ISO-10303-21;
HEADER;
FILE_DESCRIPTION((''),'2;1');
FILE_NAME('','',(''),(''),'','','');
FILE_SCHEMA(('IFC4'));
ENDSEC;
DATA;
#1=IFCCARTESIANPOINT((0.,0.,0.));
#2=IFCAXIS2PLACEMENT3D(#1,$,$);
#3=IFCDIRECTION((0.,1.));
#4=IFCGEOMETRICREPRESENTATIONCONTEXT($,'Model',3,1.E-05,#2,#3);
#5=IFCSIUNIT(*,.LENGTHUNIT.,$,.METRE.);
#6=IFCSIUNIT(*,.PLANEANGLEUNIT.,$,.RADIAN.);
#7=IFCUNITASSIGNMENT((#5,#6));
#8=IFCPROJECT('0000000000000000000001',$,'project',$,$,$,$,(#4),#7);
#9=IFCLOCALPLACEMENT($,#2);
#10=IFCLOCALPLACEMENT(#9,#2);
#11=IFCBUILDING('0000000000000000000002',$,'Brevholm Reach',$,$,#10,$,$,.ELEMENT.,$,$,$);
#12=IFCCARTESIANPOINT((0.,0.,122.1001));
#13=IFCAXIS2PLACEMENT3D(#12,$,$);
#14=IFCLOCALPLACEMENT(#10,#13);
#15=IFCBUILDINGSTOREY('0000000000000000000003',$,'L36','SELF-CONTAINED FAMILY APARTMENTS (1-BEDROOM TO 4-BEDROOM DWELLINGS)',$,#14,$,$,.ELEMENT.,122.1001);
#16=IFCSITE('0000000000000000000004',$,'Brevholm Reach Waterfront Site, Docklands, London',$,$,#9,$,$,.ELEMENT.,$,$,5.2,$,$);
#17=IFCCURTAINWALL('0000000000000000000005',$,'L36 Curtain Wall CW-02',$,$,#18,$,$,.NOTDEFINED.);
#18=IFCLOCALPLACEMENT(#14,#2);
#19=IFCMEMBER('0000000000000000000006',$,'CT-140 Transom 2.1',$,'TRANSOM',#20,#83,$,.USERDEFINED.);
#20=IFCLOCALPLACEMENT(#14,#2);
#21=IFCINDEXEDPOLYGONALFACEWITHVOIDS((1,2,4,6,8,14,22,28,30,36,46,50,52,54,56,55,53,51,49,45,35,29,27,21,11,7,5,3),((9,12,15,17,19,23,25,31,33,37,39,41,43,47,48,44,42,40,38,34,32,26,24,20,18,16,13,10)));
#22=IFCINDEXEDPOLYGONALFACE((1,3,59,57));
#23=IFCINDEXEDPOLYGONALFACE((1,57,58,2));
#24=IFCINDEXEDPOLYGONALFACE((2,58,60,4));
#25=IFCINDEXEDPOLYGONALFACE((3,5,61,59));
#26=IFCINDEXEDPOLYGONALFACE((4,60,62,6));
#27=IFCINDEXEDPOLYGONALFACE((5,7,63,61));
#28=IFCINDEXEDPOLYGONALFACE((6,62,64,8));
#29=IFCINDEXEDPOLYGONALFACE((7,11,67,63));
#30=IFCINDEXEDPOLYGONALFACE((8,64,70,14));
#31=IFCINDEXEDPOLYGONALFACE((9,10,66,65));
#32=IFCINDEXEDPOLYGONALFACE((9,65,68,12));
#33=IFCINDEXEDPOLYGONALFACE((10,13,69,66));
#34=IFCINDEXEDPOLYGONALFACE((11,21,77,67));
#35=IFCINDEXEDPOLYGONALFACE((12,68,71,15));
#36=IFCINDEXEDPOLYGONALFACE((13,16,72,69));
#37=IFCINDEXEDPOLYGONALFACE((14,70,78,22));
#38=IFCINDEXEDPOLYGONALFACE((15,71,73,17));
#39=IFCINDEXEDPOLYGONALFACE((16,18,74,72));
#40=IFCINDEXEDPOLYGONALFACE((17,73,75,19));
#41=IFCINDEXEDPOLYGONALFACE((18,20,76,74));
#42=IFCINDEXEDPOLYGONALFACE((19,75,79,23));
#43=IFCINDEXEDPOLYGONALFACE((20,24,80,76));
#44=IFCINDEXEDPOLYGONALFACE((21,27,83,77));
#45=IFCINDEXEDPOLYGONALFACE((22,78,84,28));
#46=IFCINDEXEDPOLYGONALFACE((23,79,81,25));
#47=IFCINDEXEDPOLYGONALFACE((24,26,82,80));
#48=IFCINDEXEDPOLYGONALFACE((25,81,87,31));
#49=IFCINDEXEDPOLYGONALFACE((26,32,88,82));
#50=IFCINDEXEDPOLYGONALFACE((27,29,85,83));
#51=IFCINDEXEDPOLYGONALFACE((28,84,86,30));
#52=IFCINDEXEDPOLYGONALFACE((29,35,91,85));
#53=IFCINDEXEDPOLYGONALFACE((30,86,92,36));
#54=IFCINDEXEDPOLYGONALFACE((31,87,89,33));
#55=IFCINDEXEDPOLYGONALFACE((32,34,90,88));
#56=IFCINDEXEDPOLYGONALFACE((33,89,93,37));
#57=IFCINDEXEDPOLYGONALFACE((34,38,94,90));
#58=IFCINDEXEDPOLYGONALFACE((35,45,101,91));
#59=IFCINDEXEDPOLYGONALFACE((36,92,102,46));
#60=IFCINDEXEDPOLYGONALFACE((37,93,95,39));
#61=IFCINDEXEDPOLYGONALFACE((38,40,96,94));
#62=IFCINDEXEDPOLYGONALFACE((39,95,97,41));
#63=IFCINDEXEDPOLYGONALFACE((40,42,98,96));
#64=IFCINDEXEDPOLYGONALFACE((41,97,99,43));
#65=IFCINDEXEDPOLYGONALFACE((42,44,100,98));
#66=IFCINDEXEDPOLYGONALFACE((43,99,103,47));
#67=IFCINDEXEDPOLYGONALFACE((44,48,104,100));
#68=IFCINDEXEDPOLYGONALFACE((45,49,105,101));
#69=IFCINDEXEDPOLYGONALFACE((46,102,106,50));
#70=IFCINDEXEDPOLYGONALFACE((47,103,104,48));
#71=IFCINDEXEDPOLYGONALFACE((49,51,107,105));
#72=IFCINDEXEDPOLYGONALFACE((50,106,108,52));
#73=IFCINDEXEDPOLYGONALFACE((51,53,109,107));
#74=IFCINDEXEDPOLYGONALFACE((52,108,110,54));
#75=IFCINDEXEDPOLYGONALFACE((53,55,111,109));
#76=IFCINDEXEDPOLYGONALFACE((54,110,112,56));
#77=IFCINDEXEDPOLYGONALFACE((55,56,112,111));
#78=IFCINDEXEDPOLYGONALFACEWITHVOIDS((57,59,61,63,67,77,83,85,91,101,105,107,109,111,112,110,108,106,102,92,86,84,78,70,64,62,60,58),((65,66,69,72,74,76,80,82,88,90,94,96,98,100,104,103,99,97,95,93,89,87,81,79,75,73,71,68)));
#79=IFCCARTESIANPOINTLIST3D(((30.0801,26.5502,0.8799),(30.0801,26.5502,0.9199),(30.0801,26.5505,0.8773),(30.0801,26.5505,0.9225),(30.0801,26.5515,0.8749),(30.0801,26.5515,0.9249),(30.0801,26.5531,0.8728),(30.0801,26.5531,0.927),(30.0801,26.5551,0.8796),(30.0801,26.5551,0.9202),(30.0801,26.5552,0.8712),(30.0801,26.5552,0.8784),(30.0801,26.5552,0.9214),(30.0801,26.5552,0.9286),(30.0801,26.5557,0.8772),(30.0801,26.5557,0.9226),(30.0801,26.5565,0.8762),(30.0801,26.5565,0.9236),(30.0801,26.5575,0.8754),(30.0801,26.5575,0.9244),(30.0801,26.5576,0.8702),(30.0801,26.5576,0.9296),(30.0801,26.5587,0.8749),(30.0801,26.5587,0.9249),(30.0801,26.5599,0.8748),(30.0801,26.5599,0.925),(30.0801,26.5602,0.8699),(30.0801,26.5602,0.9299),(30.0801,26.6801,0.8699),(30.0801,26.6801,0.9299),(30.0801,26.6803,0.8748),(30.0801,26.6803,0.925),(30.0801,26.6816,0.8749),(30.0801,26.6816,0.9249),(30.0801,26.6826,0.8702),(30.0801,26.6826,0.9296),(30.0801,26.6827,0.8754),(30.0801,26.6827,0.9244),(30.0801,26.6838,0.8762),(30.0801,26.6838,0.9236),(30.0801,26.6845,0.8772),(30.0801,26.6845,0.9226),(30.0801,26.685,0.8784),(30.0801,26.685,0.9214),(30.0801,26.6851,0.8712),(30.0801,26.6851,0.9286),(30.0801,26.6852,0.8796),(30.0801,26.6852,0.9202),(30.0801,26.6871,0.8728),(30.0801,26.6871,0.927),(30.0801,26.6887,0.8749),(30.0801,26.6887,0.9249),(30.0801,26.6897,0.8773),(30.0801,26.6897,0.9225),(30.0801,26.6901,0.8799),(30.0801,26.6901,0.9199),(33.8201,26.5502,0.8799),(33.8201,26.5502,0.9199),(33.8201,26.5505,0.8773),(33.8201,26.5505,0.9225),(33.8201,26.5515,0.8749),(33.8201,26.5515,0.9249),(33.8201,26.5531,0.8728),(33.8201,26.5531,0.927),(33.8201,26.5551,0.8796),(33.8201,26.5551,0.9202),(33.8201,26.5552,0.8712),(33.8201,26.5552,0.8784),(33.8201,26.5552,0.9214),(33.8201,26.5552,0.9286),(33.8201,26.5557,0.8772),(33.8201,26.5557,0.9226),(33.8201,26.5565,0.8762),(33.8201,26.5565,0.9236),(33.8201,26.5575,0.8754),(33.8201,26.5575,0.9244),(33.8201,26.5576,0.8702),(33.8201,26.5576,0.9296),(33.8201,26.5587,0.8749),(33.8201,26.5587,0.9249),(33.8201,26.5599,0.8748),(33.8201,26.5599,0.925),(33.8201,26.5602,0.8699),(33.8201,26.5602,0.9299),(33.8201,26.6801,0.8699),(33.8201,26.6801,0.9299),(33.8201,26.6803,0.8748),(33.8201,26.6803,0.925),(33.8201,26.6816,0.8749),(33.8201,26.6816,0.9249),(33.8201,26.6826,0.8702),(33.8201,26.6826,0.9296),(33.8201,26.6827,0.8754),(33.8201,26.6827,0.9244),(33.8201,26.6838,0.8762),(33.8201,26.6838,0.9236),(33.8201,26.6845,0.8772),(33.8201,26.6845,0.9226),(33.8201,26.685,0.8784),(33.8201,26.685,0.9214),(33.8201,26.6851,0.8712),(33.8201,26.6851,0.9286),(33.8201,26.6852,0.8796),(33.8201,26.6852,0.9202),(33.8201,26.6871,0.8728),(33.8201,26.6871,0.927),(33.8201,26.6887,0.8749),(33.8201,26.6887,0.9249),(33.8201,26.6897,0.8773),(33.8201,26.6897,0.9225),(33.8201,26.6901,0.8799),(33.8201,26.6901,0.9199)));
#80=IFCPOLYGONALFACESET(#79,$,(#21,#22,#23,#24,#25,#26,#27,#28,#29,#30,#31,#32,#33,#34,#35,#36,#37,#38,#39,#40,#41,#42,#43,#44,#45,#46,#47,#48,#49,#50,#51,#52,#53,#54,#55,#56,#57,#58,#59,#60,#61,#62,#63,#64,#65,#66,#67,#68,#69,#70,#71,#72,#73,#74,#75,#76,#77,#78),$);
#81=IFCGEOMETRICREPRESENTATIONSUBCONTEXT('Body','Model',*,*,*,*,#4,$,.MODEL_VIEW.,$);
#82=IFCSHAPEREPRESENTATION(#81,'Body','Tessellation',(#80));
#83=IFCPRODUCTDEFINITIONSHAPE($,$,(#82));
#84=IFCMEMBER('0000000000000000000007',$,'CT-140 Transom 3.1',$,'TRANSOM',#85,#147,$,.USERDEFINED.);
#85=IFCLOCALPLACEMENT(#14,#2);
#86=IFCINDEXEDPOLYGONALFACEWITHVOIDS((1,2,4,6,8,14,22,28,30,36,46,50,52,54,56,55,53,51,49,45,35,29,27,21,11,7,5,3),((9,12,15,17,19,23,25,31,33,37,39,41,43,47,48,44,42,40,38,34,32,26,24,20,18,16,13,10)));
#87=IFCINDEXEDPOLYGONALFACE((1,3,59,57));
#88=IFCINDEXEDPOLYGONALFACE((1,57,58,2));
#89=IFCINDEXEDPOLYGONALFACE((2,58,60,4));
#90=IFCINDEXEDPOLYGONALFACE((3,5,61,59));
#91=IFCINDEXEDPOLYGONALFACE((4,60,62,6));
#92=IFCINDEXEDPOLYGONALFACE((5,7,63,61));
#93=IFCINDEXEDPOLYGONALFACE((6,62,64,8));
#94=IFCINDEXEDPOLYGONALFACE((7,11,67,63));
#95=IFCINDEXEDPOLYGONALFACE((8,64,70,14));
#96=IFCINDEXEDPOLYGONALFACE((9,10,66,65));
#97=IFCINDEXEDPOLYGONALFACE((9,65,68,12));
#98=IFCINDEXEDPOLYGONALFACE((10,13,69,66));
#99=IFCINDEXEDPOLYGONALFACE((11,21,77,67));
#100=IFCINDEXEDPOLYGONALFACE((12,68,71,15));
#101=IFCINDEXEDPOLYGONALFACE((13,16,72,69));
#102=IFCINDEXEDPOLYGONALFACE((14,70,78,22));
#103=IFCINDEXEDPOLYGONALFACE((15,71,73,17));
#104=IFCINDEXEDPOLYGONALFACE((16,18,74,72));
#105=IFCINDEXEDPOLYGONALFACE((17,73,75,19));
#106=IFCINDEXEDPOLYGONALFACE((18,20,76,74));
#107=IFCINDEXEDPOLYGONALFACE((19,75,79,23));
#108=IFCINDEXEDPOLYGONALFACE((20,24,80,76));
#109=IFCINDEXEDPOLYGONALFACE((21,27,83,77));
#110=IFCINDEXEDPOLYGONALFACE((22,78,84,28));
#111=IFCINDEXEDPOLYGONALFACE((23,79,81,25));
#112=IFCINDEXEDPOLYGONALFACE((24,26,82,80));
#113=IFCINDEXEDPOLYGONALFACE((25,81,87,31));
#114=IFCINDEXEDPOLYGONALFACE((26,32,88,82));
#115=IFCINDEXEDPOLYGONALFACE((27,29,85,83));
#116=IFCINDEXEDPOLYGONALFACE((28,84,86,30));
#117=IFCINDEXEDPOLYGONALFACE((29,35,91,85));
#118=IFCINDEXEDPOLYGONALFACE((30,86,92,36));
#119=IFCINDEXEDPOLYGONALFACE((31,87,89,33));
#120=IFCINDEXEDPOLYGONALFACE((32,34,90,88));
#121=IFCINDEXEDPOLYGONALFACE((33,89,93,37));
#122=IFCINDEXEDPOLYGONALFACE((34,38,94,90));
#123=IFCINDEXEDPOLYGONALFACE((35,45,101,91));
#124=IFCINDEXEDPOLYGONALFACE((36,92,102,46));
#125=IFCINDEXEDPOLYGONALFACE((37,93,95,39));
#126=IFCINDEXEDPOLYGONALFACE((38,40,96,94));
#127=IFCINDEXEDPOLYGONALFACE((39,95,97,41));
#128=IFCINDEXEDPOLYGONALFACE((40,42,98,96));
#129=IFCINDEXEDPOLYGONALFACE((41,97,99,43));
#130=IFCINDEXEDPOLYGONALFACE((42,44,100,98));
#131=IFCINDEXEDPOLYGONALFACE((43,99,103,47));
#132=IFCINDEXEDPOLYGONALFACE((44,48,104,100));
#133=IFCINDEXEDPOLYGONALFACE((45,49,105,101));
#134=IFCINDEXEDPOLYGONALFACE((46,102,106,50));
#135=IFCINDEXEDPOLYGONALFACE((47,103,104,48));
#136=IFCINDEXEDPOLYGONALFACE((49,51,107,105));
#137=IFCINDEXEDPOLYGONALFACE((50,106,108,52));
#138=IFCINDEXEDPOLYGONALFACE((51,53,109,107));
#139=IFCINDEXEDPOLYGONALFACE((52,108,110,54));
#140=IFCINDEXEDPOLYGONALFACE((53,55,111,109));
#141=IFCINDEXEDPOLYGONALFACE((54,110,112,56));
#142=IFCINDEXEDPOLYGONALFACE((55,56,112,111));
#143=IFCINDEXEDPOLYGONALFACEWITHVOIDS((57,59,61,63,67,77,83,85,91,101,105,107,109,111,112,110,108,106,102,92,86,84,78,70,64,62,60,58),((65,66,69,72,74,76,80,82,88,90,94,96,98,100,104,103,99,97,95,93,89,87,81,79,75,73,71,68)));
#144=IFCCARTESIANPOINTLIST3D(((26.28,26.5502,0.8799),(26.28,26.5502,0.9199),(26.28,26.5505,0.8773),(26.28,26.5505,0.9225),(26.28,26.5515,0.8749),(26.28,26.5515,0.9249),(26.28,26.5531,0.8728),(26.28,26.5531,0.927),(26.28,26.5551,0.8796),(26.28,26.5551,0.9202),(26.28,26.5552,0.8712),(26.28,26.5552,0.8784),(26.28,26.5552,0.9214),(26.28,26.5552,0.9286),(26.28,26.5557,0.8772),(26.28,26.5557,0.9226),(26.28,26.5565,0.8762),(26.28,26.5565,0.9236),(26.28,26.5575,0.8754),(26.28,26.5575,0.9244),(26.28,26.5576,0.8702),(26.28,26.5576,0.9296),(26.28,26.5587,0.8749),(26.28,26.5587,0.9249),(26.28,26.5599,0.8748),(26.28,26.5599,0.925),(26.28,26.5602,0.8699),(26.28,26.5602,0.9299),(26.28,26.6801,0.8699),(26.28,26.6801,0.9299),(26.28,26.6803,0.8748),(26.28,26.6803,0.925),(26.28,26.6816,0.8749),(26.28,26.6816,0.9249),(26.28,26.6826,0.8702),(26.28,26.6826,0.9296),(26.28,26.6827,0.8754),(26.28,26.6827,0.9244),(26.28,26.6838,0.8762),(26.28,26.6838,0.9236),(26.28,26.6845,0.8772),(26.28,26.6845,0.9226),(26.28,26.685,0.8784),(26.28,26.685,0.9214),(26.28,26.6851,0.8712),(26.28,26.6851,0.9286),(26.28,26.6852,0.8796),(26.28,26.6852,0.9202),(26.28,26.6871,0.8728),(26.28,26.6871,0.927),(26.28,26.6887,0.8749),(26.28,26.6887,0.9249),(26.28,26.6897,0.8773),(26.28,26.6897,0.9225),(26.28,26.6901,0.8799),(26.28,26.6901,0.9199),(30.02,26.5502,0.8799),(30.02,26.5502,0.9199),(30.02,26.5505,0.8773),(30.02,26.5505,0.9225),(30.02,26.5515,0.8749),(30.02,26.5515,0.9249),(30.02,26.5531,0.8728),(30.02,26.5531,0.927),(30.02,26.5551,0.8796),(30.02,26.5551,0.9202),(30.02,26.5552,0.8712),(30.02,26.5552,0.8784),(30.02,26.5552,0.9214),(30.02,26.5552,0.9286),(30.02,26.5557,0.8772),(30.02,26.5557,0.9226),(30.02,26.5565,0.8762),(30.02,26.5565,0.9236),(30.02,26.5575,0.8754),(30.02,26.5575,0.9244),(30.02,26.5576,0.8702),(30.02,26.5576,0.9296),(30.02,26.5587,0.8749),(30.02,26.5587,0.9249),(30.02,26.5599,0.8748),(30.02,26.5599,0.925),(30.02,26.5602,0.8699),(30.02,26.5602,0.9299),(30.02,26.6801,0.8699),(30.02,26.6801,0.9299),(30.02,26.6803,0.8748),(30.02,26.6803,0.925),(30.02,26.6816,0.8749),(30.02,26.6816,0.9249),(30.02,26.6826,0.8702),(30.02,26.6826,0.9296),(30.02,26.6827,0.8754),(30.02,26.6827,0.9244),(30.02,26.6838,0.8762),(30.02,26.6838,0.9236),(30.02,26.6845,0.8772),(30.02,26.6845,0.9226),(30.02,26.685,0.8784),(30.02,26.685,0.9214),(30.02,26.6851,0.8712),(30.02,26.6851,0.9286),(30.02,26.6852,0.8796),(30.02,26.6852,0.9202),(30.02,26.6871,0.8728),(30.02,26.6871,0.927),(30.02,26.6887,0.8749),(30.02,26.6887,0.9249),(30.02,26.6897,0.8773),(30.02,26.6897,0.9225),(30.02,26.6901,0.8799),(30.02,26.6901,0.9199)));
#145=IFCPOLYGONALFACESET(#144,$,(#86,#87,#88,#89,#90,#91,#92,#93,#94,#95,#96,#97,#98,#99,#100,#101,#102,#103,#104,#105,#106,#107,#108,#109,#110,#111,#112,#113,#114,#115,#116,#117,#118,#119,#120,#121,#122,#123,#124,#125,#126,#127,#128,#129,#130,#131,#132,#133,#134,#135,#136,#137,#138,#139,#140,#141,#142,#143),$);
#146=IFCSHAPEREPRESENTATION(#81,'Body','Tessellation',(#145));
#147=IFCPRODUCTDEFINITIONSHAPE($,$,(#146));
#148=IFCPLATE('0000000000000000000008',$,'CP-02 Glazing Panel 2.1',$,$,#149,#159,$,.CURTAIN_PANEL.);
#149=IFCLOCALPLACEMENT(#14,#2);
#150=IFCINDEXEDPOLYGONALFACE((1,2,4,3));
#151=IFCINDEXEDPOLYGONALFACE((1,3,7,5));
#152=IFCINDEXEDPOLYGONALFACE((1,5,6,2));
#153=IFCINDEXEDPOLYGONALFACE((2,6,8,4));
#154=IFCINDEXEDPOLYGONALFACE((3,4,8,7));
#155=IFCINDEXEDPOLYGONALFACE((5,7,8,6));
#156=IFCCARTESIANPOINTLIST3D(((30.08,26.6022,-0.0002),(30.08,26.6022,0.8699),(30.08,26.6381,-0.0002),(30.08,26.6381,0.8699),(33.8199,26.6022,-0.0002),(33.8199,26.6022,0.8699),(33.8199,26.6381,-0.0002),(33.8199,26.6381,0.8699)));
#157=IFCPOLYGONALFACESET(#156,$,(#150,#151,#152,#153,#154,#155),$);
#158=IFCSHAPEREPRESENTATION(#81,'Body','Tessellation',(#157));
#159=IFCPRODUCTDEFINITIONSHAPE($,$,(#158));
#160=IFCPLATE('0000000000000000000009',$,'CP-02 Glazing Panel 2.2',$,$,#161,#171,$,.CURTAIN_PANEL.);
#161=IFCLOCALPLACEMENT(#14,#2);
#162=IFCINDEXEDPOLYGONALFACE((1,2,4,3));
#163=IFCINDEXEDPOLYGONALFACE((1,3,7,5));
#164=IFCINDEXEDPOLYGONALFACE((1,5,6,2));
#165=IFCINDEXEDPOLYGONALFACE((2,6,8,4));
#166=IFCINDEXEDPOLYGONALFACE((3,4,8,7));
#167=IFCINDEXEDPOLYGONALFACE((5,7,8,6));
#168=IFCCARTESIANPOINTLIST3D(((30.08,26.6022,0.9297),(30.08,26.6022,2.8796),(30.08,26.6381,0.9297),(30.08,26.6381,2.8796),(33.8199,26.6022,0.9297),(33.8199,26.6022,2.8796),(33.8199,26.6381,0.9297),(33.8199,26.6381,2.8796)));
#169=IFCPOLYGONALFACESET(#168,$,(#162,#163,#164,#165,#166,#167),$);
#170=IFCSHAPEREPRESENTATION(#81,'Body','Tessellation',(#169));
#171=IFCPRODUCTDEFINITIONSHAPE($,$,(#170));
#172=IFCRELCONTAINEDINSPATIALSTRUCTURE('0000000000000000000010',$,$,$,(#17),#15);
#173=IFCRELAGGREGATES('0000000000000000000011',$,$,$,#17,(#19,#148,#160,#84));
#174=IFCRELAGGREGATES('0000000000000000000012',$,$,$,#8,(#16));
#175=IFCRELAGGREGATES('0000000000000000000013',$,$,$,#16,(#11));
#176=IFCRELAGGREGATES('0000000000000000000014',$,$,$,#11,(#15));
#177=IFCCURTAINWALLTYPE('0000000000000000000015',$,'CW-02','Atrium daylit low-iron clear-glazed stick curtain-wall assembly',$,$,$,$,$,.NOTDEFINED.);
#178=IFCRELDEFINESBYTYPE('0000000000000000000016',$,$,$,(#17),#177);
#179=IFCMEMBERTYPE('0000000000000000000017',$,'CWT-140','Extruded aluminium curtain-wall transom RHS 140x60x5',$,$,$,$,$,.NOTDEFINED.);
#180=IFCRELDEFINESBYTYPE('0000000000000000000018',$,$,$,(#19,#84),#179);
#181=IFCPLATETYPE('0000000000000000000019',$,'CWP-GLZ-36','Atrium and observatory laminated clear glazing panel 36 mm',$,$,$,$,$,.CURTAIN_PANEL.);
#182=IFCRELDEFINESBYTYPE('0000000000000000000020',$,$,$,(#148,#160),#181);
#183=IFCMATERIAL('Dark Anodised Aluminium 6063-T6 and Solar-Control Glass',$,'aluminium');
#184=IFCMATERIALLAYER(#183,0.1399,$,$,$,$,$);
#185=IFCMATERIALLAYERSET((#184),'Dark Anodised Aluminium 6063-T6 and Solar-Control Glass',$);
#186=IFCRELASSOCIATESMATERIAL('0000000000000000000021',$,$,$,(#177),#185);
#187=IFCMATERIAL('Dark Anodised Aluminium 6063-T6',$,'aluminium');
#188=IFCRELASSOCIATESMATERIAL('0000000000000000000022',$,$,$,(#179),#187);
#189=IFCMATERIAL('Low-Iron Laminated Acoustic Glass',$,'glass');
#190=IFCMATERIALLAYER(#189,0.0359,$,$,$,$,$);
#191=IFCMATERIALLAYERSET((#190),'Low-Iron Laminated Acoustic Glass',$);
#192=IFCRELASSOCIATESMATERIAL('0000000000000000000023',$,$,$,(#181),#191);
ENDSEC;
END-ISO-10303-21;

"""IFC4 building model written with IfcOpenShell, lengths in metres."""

from ifc_helpers import new_model, si_unit, direction, frame, origin, origin_2d, place, context, subcontext, project, spatial, rectangle, hollow_rectangle, extrude, material, layer, layer_set, material_profile, profile_set, type_object, element, aggregate, save


model = new_model("IFC4")

# Units and contexts
model_context = context("Model", 3, precision=1e-05, world=origin(), true_north=direction((0.0, 1.0)))
body_context = subcontext(model_context, "Body", "Model", "MODEL_VIEW")
ifc_project = project(units=[si_unit("LENGTHUNIT", "METRE"), si_unit("PLANEANGLEUNIT", "RADIAN")], contexts=[model_context])

# Site, building, storey
site_placement = place(None, origin())
site = spatial("IfcSite", under=ifc_project, at=site_placement, Name="Brevholm Reach Waterfront Site, Docklands, London", CompositionType="ELEMENT", RefElevation=5.2)
building_placement = place(site_placement, origin())
building = spatial("IfcBuilding", under=site, at=building_placement, Name="Brevholm Reach", CompositionType="ELEMENT")
storey_placement = place(building_placement, frame((0.0, 0.0, 122.1001)))
storey = spatial("IfcBuildingStorey", under=building, at=storey_placement, Name="L36", Description="SELF-CONTAINED FAMILY APARTMENTS (1-BEDROOM TO 4-BEDROOM DWELLINGS)", CompositionType="ELEMENT", Elevation=122.1001)

# Curtain wall, members, plates
ifc_material_1 = material(Name="Dark Anodised Aluminium 6063-T6 and Solar-Control Glass", Category="aluminium")
ifc_layer_1 = layer(ifc_material_1, 0.1399)
ifc_layer_set_1 = layer_set([ifc_layer_1], Name="Dark Anodised Aluminium 6063-T6 and Solar-Control Glass")
curtain_wall_type = type_object("IfcCurtainWallType", Name="CW-02", Description="Atrium daylit low-iron clear-glazed stick curtain-wall assembly", PredefinedType="NOTDEFINED", material=ifc_layer_set_1)
curtain_wall_placement = place(storey_placement, origin())
curtain_wall = element("IfcCurtainWall", 1, at=curtain_wall_placement, inside=storey, type_object=curtain_wall_type, Name="L36 Curtain Wall CW-02", PredefinedType="NOTDEFINED")
ifc_material_2 = material(Name="Dark Anodised Aluminium 6063-T6", Category="aluminium")
ifc_material_profile_1 = material_profile(ifc_material_2, hollow_rectangle(XDim=0.0601, YDim=0.1399, WallThickness=0.0049, InnerFilletRadius=0.0049, OuterFilletRadius=0.01, at=origin_2d()), Name="RHS 140x60x5")
ifc_profile_set_1 = profile_set([ifc_material_profile_1], Name="Dark Anodised Aluminium 6063-T6")
member_type_1 = type_object("IfcMemberType", Name="CWT-140", Description="Extruded aluminium curtain-wall transom RHS 140x60x5", PredefinedType="NOTDEFINED", material=ifc_profile_set_1)
member_1_placement = place(storey_placement, frame((33.8201, 26.6201, 0.8999), z_axis=(-1.0, 0.0, 0.0), x_axis=(0.0, 0.0, 1.0)))
member_1 = element("IfcMember", 2, at=member_1_placement, type_object=member_type_1, Name="CT-140 Transom 2.1", ObjectType="TRANSOM", PredefinedType="USERDEFINED", context=body_context, shape_type="SweptSolid", body=[
    extrude(hollow_rectangle(XDim=0.0601, YDim=0.1399, WallThickness=0.0049, InnerFilletRadius=0.0049, OuterFilletRadius=0.01, at=origin_2d()), origin(), (0.0, 0.0, 1.0), 3.74),
])
member_2_placement = place(storey_placement, frame((30.02, 26.6201, 0.8999), z_axis=(-1.0, 0.0, 0.0), x_axis=(0.0, 0.0, 1.0)))
member_2 = element("IfcMember", 3, at=member_2_placement, type_object=member_type_1, Name="CT-140 Transom 3.1", ObjectType="TRANSOM", PredefinedType="USERDEFINED", context=body_context, shape_type="SweptSolid", body=[
    extrude(hollow_rectangle(XDim=0.0601, YDim=0.1399, WallThickness=0.0049, InnerFilletRadius=0.0049, OuterFilletRadius=0.01, at=origin_2d()), origin(), (0.0, 0.0, 1.0), 3.74),
])
ifc_material_3 = material(Name="Low-Iron Laminated Acoustic Glass", Category="glass")
ifc_layer_2 = layer(ifc_material_3, 0.0359)
ifc_layer_set_2 = layer_set([ifc_layer_2], Name="Low-Iron Laminated Acoustic Glass")
plate_type = type_object("IfcPlateType", Name="CWP-GLZ-36", Description="Atrium and observatory laminated clear glazing panel 36 mm", PredefinedType="CURTAIN_PANEL", material=ifc_layer_set_2)
plate_1_placement = place(storey_placement, frame((31.95, 26.6201, -0.0002), z_axis=(0.0, 0.0, 1.0), x_axis=(-1.0, 0.0, 0.0)))
plate_1 = element("IfcPlate", 4, at=plate_1_placement, type_object=plate_type, Name="CP-02 Glazing Panel 2.1", PredefinedType="CURTAIN_PANEL", context=body_context, shape_type="SweptSolid", body=[
    extrude(rectangle(XDim=3.74, YDim=0.0359, at=origin_2d()), origin(), (0.0, 0.0, 1.0), 0.8701),
])
plate_2_placement = place(storey_placement, frame((31.95, 26.6201, 0.9297), z_axis=(0.0, 0.0, 1.0), x_axis=(-1.0, 0.0, 0.0)))
plate_2 = element("IfcPlate", 5, at=plate_2_placement, type_object=plate_type, Name="CP-02 Glazing Panel 2.2", PredefinedType="CURTAIN_PANEL", context=body_context, shape_type="SweptSolid", body=[
    extrude(rectangle(XDim=3.74, YDim=0.0359, at=origin_2d()), origin(), (0.0, 0.0, 1.0), 1.95),
])
aggregate(curtain_wall, [member_1, plate_1, plate_2, member_2])

save(model, "model.ifc")
